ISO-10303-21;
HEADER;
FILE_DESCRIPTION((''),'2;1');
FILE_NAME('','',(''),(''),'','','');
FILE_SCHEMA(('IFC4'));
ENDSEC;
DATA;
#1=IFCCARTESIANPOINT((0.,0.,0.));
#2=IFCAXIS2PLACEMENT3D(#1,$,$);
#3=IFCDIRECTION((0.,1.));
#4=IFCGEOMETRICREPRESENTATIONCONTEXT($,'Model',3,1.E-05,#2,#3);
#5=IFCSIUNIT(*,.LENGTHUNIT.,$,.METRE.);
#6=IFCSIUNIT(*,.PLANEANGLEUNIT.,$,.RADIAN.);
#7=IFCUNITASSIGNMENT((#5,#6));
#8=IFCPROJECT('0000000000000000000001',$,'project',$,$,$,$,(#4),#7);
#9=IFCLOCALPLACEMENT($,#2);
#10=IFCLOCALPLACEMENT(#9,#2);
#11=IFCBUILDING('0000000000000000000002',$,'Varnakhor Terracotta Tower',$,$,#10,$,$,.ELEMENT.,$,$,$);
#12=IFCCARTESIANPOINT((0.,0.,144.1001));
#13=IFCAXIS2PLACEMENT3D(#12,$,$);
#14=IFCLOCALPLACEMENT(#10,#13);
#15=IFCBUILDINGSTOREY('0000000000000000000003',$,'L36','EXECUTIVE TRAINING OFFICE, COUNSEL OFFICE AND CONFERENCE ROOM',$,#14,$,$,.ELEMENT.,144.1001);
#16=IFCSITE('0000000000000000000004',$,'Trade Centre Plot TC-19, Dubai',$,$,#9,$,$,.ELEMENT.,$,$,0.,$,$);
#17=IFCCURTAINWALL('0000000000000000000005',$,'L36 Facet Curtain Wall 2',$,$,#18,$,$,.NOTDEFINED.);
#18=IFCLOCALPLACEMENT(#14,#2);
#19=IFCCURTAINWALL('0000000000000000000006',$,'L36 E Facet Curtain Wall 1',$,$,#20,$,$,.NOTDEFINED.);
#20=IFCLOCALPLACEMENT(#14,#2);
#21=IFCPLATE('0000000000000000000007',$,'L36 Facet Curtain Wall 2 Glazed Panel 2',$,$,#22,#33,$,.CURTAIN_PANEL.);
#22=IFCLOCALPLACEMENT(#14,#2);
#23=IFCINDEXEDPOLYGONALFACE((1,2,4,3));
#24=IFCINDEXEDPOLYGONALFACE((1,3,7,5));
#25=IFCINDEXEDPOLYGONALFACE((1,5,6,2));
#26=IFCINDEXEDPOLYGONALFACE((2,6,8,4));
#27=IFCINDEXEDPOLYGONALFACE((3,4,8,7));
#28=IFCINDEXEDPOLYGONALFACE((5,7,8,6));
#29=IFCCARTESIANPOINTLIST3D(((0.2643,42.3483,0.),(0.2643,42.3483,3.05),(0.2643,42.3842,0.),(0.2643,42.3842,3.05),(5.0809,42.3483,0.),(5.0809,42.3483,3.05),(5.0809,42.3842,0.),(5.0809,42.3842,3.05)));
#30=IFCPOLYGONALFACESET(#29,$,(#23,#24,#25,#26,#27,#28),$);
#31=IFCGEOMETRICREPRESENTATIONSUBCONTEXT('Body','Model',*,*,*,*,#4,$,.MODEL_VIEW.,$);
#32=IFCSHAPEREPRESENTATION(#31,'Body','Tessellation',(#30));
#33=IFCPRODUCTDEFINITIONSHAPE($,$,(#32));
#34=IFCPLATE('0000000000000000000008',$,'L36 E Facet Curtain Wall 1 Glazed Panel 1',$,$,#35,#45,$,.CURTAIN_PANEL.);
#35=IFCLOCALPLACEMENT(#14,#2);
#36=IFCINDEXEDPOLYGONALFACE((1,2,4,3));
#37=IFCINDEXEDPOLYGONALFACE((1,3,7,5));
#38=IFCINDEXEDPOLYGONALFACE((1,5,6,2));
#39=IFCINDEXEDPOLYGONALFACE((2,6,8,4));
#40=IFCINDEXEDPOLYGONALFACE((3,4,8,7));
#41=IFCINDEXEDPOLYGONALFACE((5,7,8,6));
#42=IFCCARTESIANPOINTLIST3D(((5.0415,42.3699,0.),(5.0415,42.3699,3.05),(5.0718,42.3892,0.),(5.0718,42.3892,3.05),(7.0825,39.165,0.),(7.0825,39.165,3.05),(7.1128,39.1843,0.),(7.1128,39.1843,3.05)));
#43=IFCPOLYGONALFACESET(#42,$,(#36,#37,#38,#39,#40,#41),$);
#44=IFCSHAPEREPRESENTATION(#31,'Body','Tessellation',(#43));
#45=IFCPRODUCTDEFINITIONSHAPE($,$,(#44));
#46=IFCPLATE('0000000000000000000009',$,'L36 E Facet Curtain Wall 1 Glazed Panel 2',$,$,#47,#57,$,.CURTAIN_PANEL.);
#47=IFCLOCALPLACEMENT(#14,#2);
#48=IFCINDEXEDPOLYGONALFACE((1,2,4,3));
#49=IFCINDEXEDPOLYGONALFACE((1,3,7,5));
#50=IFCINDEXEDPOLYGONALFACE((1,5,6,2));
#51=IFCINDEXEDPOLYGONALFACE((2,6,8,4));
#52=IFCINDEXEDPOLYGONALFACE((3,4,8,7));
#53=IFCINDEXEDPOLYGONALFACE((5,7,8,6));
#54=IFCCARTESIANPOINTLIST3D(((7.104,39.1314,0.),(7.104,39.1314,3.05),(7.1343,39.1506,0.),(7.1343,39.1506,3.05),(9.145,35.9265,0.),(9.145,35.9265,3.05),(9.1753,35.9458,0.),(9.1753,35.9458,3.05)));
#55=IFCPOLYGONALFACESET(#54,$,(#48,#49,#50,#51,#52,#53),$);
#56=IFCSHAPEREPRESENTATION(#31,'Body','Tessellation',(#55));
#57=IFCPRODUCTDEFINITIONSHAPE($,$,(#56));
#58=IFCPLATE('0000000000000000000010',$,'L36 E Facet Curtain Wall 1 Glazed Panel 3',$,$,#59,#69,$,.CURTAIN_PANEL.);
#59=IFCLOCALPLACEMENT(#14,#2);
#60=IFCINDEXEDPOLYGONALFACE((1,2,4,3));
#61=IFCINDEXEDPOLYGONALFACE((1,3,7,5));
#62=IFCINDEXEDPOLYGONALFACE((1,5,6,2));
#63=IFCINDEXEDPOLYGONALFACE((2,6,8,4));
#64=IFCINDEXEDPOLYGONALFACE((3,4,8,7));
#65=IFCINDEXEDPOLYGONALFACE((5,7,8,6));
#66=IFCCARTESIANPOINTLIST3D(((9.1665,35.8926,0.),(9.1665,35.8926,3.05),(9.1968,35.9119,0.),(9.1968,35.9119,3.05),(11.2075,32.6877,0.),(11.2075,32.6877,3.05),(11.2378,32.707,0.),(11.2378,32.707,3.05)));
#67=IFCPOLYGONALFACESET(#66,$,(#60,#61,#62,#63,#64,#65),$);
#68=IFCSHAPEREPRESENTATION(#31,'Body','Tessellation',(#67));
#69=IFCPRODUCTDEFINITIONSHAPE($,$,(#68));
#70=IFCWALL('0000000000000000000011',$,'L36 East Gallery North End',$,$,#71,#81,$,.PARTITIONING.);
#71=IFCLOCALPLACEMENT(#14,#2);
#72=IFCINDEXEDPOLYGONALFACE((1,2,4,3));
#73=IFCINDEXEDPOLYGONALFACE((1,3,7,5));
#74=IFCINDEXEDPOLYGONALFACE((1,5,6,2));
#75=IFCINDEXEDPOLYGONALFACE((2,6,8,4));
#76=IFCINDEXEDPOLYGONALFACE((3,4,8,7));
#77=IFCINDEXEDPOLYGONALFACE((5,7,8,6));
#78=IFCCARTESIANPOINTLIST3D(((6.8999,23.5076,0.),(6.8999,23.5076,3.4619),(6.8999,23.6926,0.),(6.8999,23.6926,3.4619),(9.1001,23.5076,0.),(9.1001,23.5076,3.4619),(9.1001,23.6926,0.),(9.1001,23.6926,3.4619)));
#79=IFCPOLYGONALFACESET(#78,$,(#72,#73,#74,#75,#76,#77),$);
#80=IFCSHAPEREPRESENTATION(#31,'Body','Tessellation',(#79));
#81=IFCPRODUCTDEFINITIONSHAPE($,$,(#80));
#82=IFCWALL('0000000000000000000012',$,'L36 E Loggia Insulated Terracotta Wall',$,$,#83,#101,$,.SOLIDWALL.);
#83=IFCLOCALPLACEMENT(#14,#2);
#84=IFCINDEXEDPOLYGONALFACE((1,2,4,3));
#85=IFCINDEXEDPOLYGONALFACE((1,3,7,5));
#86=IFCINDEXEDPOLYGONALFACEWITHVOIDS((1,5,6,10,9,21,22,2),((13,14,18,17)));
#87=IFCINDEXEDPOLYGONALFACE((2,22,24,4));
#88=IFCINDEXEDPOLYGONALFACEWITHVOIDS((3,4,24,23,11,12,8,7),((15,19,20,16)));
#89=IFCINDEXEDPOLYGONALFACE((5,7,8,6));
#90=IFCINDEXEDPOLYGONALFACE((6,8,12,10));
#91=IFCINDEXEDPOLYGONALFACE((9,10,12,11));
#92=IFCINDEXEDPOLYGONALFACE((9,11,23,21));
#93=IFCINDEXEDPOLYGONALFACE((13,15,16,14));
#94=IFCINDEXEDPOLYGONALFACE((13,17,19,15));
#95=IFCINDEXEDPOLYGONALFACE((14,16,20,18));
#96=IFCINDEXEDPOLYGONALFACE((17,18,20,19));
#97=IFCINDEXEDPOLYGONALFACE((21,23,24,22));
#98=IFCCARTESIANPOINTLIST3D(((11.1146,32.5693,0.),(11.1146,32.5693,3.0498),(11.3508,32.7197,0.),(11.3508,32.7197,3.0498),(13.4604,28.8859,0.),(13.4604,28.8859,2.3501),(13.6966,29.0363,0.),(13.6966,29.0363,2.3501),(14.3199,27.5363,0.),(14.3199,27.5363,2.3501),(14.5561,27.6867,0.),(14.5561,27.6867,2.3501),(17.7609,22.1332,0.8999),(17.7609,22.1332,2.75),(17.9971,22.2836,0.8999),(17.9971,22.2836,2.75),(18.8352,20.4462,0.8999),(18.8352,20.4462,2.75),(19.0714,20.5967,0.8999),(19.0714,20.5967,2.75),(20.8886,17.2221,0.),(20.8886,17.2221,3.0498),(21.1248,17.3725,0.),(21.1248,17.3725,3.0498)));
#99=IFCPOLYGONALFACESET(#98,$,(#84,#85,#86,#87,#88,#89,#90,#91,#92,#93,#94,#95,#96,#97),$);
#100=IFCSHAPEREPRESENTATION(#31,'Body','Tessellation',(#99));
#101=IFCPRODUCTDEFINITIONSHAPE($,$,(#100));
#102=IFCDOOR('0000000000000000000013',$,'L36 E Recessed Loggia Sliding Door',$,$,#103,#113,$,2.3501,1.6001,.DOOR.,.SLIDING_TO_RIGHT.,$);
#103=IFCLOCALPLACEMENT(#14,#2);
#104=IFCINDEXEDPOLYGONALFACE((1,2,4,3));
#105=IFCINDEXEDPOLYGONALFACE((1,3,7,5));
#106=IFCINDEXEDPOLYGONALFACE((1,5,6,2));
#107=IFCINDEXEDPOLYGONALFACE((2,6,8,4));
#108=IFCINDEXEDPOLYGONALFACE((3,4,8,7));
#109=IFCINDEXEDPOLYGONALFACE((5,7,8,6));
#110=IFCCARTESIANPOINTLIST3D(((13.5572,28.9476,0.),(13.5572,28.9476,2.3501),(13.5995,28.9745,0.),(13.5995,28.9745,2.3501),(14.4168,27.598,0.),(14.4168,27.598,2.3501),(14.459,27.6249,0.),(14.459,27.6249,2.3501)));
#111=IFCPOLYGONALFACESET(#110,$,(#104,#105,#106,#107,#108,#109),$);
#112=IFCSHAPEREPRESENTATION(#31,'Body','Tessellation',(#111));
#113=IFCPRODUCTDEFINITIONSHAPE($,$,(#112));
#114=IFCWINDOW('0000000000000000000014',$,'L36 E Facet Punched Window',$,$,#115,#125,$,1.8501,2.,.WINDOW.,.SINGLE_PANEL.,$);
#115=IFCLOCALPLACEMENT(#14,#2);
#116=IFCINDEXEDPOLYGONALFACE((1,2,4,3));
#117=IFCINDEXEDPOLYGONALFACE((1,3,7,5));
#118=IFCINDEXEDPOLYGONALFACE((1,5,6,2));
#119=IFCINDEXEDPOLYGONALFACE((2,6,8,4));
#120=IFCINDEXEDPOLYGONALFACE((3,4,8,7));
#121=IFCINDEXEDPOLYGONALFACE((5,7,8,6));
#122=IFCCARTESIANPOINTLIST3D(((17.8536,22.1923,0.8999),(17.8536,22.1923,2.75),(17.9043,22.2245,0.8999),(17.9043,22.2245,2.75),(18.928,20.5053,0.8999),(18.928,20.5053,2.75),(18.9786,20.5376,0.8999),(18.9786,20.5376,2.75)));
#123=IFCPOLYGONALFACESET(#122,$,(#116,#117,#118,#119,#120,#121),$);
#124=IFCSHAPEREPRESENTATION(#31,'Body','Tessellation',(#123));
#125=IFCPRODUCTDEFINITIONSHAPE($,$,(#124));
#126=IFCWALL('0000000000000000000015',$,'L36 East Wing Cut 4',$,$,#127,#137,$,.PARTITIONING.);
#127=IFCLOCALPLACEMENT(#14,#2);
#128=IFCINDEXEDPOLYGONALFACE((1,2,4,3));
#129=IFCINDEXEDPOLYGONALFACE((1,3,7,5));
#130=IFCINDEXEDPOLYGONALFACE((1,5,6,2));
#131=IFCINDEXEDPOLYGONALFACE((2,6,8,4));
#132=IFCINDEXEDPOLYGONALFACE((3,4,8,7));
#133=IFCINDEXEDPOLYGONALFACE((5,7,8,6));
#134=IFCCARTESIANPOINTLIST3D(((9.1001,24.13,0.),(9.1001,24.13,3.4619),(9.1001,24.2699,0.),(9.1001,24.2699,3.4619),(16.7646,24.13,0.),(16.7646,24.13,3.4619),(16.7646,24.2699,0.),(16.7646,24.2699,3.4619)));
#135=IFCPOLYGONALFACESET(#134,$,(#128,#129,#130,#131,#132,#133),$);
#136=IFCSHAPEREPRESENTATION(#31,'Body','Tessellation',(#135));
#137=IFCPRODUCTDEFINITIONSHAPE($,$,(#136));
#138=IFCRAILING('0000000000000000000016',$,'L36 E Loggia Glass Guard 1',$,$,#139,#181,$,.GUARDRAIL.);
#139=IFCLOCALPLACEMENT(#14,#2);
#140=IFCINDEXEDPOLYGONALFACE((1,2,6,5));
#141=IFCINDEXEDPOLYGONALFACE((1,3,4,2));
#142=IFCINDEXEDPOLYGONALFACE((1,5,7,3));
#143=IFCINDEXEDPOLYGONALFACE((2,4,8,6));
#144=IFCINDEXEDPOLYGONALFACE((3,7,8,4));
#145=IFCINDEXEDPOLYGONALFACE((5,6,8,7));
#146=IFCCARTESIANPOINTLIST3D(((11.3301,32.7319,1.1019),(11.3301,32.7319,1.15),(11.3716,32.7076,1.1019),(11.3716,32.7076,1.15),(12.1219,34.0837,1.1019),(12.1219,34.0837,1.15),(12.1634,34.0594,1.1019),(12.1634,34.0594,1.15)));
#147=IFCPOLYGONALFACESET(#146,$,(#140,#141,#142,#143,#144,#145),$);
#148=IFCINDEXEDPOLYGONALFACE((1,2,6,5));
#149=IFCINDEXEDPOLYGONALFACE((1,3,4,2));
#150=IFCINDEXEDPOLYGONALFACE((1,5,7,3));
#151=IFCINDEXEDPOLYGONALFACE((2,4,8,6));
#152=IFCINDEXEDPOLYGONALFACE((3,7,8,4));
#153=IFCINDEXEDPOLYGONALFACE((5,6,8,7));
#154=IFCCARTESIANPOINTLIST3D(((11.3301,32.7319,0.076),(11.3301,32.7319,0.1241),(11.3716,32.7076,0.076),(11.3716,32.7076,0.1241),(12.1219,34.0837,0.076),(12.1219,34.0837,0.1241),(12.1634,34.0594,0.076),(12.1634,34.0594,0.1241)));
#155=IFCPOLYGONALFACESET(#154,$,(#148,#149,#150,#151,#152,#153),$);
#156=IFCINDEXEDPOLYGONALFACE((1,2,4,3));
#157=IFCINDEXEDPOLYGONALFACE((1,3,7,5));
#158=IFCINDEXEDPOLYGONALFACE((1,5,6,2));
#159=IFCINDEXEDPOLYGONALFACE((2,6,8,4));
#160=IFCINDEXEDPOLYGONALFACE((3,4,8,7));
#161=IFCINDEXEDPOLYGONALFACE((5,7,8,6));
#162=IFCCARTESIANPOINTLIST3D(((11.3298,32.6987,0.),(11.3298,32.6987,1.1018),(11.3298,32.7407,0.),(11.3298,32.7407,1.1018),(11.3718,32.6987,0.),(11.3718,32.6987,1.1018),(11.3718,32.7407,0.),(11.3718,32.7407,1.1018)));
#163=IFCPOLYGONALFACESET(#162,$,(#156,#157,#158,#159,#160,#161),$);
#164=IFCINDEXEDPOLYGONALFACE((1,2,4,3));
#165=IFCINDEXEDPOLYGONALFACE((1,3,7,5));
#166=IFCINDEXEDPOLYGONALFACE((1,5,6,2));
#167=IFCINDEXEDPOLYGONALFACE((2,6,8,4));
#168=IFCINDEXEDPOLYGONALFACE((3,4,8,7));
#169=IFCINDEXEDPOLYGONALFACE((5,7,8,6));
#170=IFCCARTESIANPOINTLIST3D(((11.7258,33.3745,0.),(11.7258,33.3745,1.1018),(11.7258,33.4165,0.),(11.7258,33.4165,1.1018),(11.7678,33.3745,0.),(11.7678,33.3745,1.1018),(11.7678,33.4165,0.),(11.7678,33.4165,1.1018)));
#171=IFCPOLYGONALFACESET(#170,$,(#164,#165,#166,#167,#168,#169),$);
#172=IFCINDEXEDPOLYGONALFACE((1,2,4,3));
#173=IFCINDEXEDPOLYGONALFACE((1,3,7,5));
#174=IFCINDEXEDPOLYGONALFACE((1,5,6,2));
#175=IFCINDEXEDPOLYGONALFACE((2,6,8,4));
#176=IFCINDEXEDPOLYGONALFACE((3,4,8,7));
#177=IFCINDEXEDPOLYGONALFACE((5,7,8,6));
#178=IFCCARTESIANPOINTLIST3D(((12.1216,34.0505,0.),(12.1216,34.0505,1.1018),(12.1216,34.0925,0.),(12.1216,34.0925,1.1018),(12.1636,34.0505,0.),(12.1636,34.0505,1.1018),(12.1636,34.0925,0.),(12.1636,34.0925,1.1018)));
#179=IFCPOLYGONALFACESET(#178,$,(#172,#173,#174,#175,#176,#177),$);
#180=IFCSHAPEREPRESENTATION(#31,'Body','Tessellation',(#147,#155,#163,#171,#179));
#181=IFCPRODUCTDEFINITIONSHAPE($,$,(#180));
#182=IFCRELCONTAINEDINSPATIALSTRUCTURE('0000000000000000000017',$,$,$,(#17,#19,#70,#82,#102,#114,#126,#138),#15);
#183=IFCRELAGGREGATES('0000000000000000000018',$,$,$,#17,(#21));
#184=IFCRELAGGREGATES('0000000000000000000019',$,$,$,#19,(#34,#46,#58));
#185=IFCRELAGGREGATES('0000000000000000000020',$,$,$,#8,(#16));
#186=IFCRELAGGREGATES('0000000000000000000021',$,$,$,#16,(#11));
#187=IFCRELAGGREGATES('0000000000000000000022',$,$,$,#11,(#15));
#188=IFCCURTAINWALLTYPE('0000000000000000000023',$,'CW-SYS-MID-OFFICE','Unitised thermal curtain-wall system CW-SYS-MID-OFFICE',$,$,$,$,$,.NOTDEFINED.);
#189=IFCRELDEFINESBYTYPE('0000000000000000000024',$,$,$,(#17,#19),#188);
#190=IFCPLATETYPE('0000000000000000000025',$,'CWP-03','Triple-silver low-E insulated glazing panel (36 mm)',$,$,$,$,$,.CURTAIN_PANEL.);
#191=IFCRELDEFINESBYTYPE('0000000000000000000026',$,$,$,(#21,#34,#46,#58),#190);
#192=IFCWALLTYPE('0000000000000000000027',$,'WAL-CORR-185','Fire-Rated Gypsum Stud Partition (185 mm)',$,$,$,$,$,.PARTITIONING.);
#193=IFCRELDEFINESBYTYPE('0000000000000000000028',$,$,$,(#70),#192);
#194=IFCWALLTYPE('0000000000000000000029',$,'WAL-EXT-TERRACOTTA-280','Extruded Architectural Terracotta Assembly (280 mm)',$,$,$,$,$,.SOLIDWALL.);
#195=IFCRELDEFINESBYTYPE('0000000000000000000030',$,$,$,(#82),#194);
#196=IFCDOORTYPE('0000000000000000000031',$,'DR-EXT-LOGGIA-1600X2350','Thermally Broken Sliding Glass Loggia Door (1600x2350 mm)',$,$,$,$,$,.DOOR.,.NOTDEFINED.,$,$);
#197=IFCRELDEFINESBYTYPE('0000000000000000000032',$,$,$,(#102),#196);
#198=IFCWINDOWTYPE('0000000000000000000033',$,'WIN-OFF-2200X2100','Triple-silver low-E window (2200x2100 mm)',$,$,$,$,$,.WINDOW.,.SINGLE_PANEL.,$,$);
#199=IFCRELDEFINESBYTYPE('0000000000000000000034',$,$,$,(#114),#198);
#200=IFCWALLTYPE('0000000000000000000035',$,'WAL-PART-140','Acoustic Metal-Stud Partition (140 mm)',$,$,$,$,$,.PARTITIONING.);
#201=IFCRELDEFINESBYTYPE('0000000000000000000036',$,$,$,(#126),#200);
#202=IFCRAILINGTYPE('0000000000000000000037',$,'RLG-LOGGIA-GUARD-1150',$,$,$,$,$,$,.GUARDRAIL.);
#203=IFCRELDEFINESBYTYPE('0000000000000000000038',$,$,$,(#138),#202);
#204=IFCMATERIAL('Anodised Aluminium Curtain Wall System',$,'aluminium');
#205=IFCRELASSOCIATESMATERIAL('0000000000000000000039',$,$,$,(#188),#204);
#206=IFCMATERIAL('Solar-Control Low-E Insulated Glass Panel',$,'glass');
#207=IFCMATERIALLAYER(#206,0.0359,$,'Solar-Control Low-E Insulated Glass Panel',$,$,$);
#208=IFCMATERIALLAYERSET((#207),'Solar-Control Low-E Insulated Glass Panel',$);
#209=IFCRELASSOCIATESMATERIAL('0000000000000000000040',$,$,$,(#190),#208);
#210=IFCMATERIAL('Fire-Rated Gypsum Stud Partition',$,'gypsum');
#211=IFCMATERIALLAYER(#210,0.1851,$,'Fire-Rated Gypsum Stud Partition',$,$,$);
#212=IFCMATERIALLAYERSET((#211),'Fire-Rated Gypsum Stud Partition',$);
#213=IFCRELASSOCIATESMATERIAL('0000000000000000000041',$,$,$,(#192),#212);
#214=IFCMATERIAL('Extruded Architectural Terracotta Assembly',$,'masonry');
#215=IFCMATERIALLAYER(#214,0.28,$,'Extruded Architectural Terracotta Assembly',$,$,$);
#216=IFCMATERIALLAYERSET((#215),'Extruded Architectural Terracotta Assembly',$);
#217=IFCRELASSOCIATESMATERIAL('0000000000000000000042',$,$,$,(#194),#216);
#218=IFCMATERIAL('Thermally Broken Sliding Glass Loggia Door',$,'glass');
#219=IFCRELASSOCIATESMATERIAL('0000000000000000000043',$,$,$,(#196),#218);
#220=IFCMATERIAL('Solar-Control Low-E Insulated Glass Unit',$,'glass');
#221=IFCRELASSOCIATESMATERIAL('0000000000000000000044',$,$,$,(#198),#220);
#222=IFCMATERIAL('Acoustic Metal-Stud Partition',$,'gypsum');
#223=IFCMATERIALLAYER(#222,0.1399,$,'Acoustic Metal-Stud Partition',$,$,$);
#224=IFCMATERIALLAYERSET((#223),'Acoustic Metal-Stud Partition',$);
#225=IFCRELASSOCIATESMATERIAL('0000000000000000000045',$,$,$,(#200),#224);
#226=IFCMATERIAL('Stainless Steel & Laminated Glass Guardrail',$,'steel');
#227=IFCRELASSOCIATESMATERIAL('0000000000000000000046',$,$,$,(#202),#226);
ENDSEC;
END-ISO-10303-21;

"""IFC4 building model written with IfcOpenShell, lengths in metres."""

from ifc_helpers import new_model, si_unit, direction, frame, frame_2d, origin, origin_2d, place, context, subcontext, project, spatial, rectangle, extrude, source, transform, mapped, material, layer, layer_set, type_object, type_shapes, element, fill, aggregate, save


model = new_model("IFC4")

# Units and contexts
model_context = context("Model", 3, precision=1e-05, world=origin(), true_north=direction((0.0, 1.0)))
body_context = subcontext(model_context, "Body", "Model", "MODEL_VIEW")
ifc_project = project(units=[si_unit("LENGTHUNIT", "METRE"), si_unit("PLANEANGLEUNIT", "RADIAN")], contexts=[model_context])

# Site, building, storey
site_placement = place(None, origin())
site = spatial("IfcSite", under=ifc_project, at=site_placement, Name="Trade Centre Plot TC-19, Dubai", CompositionType="ELEMENT", RefElevation=0.0)
building_placement = place(site_placement, origin())
building = spatial("IfcBuilding", under=site, at=building_placement, Name="Varnakhor Terracotta Tower", CompositionType="ELEMENT")
storey_placement = place(building_placement, frame((0.0, 0.0, 144.1001)))
storey = spatial("IfcBuildingStorey", under=building, at=storey_placement, Name="L36", Description="EXECUTIVE TRAINING OFFICE, COUNSEL OFFICE AND CONFERENCE ROOM", CompositionType="ELEMENT", Elevation=144.1001)

# Curtain wall
ifc_material_1 = material(Name="Anodised Aluminium Curtain Wall System", Category="aluminium")
curtain_wall_type = type_object("IfcCurtainWallType", Name="CW-SYS-MID-OFFICE", Description="Unitised thermal curtain-wall system CW-SYS-MID-OFFICE", PredefinedType="NOTDEFINED", material=ifc_material_1)
curtain_wall_1_placement = place(storey_placement, origin())
curtain_wall_1 = element("IfcCurtainWall", 1, at=curtain_wall_1_placement, inside=storey, type_object=curtain_wall_type, Name="L36 Facet Curtain Wall 2", PredefinedType="NOTDEFINED")

# Curtain wall
curtain_wall_2_placement = place(storey_placement, origin())
curtain_wall_2 = element("IfcCurtainWall", 2, at=curtain_wall_2_placement, inside=storey, type_object=curtain_wall_type, Name="L36 E Facet Curtain Wall 1", PredefinedType="NOTDEFINED")

# Plates
ifc_material_2 = material(Name="Solar-Control Low-E Insulated Glass Panel", Category="glass")
ifc_layer_1 = layer(ifc_material_2, 0.0359, Name="Solar-Control Low-E Insulated Glass Panel")
ifc_layer_set_1 = layer_set([ifc_layer_1], Name="Solar-Control Low-E Insulated Glass Panel")
plate_type = type_object("IfcPlateType", Name="CWP-03", Description="Triple-silver low-E insulated glazing panel (36 mm)", PredefinedType="CURTAIN_PANEL", material=ifc_layer_set_1)
shared_shape_1 = source(origin(), body_context, "Body", "SweptSolid", [
    extrude(rectangle(XDim=4.8167, YDim=0.0359, at=origin_2d()), origin(), (0.0, 0.0, 1.0), 3.05),
])
plate_1_placement = place(storey_placement, frame((2.6726, 42.3662, 0.0), z_axis=(0.0, 0.0, 1.0), x_axis=(1.0, 0.0, 0.0)))
plate_1 = element("IfcPlate", 3, at=plate_1_placement, type_object=plate_type, Name="L36 Facet Curtain Wall 2 Glazed Panel 2", PredefinedType="CURTAIN_PANEL", context=body_context, shape_type="MappedRepresentation", body=[
    mapped(shared_shape_1, transform((0.0, 0.0, 0.0), scale=1.0)),
])
aggregate(curtain_wall_1, [plate_1])
shared_shape_2 = source(origin(), body_context, "Body", "SweptSolid", [
    extrude(rectangle(XDim=3.7996, YDim=0.0359, at=origin_2d()), origin(), (0.0, 0.0, 1.0), 3.05),
])
plate_2_placement = place(storey_placement, frame((6.0771, 40.7771, 0.0), z_axis=(0.0, 0.0, 1.0), x_axis=(0.537167, -0.843476, 0.0)))
plate_2 = element("IfcPlate", 4, at=plate_2_placement, type_object=plate_type, Name="L36 E Facet Curtain Wall 1 Glazed Panel 1", PredefinedType="CURTAIN_PANEL", context=body_context, shape_type="MappedRepresentation", body=[
    mapped(shared_shape_2, transform((0.0, 0.0, 0.0), scale=1.0)),
])
plate_3_placement = place(storey_placement, frame((8.1396, 37.5386, 0.0), z_axis=(0.0, 0.0, 1.0), x_axis=(0.537167, -0.843476, 0.0)))
plate_3 = element("IfcPlate", 5, at=plate_3_placement, type_object=plate_type, Name="L36 E Facet Curtain Wall 1 Glazed Panel 2", PredefinedType="CURTAIN_PANEL", context=body_context, shape_type="MappedRepresentation", body=[
    mapped(shared_shape_2, transform((0.0, 0.0, 0.0), scale=1.0)),
])
plate_4_placement = place(storey_placement, frame((10.2021, 34.2998, 0.0), z_axis=(0.0, 0.0, 1.0), x_axis=(0.537167, -0.843476, 0.0)))
plate_4 = element("IfcPlate", 6, at=plate_4_placement, type_object=plate_type, Name="L36 E Facet Curtain Wall 1 Glazed Panel 3", PredefinedType="CURTAIN_PANEL", context=body_context, shape_type="MappedRepresentation", body=[
    mapped(shared_shape_2, transform((0.0, 0.0, 0.0), scale=1.0)),
])
aggregate(curtain_wall_2, [plate_2, plate_3, plate_4])

# Wall
ifc_material_3 = material(Name="Fire-Rated Gypsum Stud Partition", Category="gypsum")
ifc_layer_2 = layer(ifc_material_3, 0.1851, Name="Fire-Rated Gypsum Stud Partition")
ifc_layer_set_2 = layer_set([ifc_layer_2], Name="Fire-Rated Gypsum Stud Partition")
wall_type_1 = type_object("IfcWallType", Name="WAL-CORR-185", Description="Fire-Rated Gypsum Stud Partition (185 mm)", PredefinedType="PARTITIONING", material=ifc_layer_set_2)
wall_1_placement = place(storey_placement, frame((6.8999, 23.6001, 0.0), z_axis=(0.0, 0.0, 1.0), x_axis=(1.0, 0.0, 0.0)))
element("IfcWall", 7, at=wall_1_placement, inside=storey, type_object=wall_type_1, Name="L36 East Gallery North End", PredefinedType="PARTITIONING", context=body_context, shape_type="SweptSolid", body=[
    extrude(rectangle(XDim=2.2002, YDim=0.1851, at=frame_2d((1.1001, 0.0))), origin(), (0.0, 0.0, 1.0), 3.4619),
])

# Wall, openings, door, window
ifc_material_4 = material(Name="Extruded Architectural Terracotta Assembly", Category="masonry")
ifc_layer_3 = layer(ifc_material_4, 0.28, Name="Extruded Architectural Terracotta Assembly")
ifc_layer_set_3 = layer_set([ifc_layer_3], Name="Extruded Architectural Terracotta Assembly")
wall_type_2 = type_object("IfcWallType", Name="WAL-EXT-TERRACOTTA-280", Description="Extruded Architectural Terracotta Assembly (280 mm)", PredefinedType="SOLIDWALL", material=ifc_layer_set_3)
wall_2_placement = place(storey_placement, frame((11.2327, 32.6445, 0.0), z_axis=(0.0, 0.0, 1.0), x_axis=(0.537171, -0.843474, 0.0)))
wall_2 = element("IfcWall", 8, at=wall_2_placement, inside=storey, type_object=wall_type_2, Name="L36 E Loggia Insulated Terracotta Wall", PredefinedType="SOLIDWALL", context=body_context, shape_type="SweptSolid", body=[
    extrude(rectangle(XDim=18.1953, YDim=0.28, at=frame_2d((9.0977, 0.0))), origin(), (0.0, 0.0, 1.0), 3.0498),
])
opening_1_placement = place(wall_2_placement, frame((4.3669, 0.0, 0.0)))
opening_1 = element("IfcOpeningElement", 9, at=opening_1_placement, cuts=wall_2, PredefinedType="OPENING", context=body_context, shape_type="SweptSolid", body=[
    extrude(rectangle(XDim=1.6001, YDim=2.3501, at=frame_2d((0.8, 1.175))), frame((0.0, 0.1499, 0.0), z_axis=(0.0, -1.0, 0.0), x_axis=(1.0, 0.0, 0.0)), (0.0, 0.0, 1.0), 0.3),
])
opening_2_placement = place(wall_2_placement, frame((12.3728, 0.0, 0.8999)))
opening_2 = element("IfcOpeningElement", 10, at=opening_2_placement, cuts=wall_2, PredefinedType="OPENING", context=body_context, shape_type="SweptSolid", body=[
    extrude(rectangle(XDim=2.0, YDim=1.8501, at=frame_2d((1.0, 0.925))), frame((0.0, 0.1499, 0.0), z_axis=(0.0, -1.0, 0.0), x_axis=(1.0, 0.0, 0.0)), (0.0, 0.0, 1.0), 0.3),
])
ifc_material_5 = material(Name="Thermally Broken Sliding Glass Loggia Door", Category="glass")
door_type = type_object("IfcDoorType", Name="DR-EXT-LOGGIA-1600X2350", Description="Thermally Broken Sliding Glass Loggia Door (1600x2350 mm)", OperationType="NOTDEFINED", PredefinedType="DOOR", material=ifc_material_5)
shared_shape_3 = source(origin(), body_context, "Body", "SweptSolid", [
    extrude(rectangle(XDim=1.6001, YDim=2.3501, at=frame_2d((0.8, 1.175))), frame((0.0, 0.0249, 0.0), z_axis=(0.0, -1.0, 0.0), x_axis=(1.0, 0.0, 0.0)), (0.0, 0.0, 1.0), 0.05),
])
type_shapes(door_type, [shared_shape_3])
door_placement = place(opening_1_placement, origin())
door = element("IfcDoor", 11, at=door_placement, inside=storey, type_object=door_type, Name="L36 E Recessed Loggia Sliding Door", OperationType="SLIDING_TO_RIGHT", OverallHeight=2.3501, OverallWidth=1.6001, PredefinedType="DOOR", context=body_context, shape_type="MappedRepresentation", body=[
    mapped(shared_shape_3, transform((0.0, 0.0, 0.0), scale=1.0)),
])
fill(opening_1, door)
ifc_material_6 = material(Name="Solar-Control Low-E Insulated Glass Unit", Category="glass")
window_type = type_object("IfcWindowType", Name="WIN-OFF-2200X2100", Description="Triple-silver low-E window (2200x2100 mm)", PartitioningType="SINGLE_PANEL", PredefinedType="WINDOW", material=ifc_material_6)
shared_shape_4 = source(origin(), body_context, "Body", "SweptSolid", [
    extrude(rectangle(XDim=2.0, YDim=1.8501, at=frame_2d((1.0, 0.925))), frame((0.0, 0.03, 0.0), z_axis=(0.0, -1.0, 0.0), x_axis=(1.0, 0.0, 0.0)), (0.0, 0.0, 1.0), 0.0601),
])
type_shapes(window_type, [shared_shape_4])
window_placement = place(opening_2_placement, origin())
window = element("IfcWindow", 12, at=window_placement, inside=storey, type_object=window_type, Name="L36 E Facet Punched Window", OverallHeight=1.8501, OverallWidth=2.0, PartitioningType="SINGLE_PANEL", PredefinedType="WINDOW", context=body_context, shape_type="MappedRepresentation", body=[
    mapped(shared_shape_4, transform((0.0, 0.0, 0.0), scale=1.0)),
])
fill(opening_2, window)

# Wall
ifc_material_7 = material(Name="Acoustic Metal-Stud Partition", Category="gypsum")
ifc_layer_4 = layer(ifc_material_7, 0.1399, Name="Acoustic Metal-Stud Partition")
ifc_layer_set_4 = layer_set([ifc_layer_4], Name="Acoustic Metal-Stud Partition")
wall_type_3 = type_object("IfcWallType", Name="WAL-PART-140", Description="Acoustic Metal-Stud Partition (140 mm)", PredefinedType="PARTITIONING", material=ifc_layer_set_4)
wall_3_placement = place(storey_placement, frame((9.1001, 24.2, 0.0), z_axis=(0.0, 0.0, 1.0), x_axis=(1.0, 0.0, 0.0)))
element("IfcWall", 13, at=wall_3_placement, inside=storey, type_object=wall_type_3, Name="L36 East Wing Cut 4", PredefinedType="PARTITIONING", context=body_context, shape_type="SweptSolid", body=[
    extrude(rectangle(XDim=7.6646, YDim=0.1399, at=frame_2d((3.8323, 0.0))), origin(), (0.0, 0.0, 1.0), 3.4619),
])

# Railing
ifc_material_8 = material(Name="Stainless Steel & Laminated Glass Guardrail", Category="steel")
railing_type = type_object("IfcRailingType", Name="RLG-LOGGIA-GUARD-1150", PredefinedType="GUARDRAIL", material=ifc_material_8)
railing_1_placement = place(storey_placement, frame((11.3508, 32.7197, 0.0)))
element("IfcRailing", 14, at=railing_1_placement, inside=storey, type_object=railing_type, Name="L36 E Loggia Glass Guard 1", PredefinedType="GUARDRAIL", context=body_context, shape_type="SweptSolid", body=[
    extrude(rectangle(XDim=0.0481, YDim=0.0481, at=origin_2d()), frame((0.0, 0.0, 1.126), z_axis=(0.505392, 0.86289, 0.0), x_axis=(-0.86289, 0.505392, 0.0)), (0.0, 0.0, 1.0), 1.5667),
    extrude(rectangle(XDim=0.0481, YDim=0.0481, at=origin_2d()), frame((0.0, 0.0, 0.1001), z_axis=(0.505392, 0.86289, 0.0), x_axis=(-0.86289, 0.505392, 0.0)), (0.0, 0.0, 1.0), 1.5667),
    extrude(rectangle(XDim=0.042, YDim=0.042, at=origin_2d()), origin(), (0.0, 0.0, 1.0), 1.1018),
    extrude(rectangle(XDim=0.042, YDim=0.042, at=origin_2d()), frame((0.396, 0.6758, 0.0)), (0.0, 0.0, 1.0), 1.1018),
    extrude(rectangle(XDim=0.042, YDim=0.042, at=origin_2d()), frame((0.7917, 1.3518, 0.0)), (0.0, 0.0, 1.0), 1.1018),
])

save(model, "model.ifc")
